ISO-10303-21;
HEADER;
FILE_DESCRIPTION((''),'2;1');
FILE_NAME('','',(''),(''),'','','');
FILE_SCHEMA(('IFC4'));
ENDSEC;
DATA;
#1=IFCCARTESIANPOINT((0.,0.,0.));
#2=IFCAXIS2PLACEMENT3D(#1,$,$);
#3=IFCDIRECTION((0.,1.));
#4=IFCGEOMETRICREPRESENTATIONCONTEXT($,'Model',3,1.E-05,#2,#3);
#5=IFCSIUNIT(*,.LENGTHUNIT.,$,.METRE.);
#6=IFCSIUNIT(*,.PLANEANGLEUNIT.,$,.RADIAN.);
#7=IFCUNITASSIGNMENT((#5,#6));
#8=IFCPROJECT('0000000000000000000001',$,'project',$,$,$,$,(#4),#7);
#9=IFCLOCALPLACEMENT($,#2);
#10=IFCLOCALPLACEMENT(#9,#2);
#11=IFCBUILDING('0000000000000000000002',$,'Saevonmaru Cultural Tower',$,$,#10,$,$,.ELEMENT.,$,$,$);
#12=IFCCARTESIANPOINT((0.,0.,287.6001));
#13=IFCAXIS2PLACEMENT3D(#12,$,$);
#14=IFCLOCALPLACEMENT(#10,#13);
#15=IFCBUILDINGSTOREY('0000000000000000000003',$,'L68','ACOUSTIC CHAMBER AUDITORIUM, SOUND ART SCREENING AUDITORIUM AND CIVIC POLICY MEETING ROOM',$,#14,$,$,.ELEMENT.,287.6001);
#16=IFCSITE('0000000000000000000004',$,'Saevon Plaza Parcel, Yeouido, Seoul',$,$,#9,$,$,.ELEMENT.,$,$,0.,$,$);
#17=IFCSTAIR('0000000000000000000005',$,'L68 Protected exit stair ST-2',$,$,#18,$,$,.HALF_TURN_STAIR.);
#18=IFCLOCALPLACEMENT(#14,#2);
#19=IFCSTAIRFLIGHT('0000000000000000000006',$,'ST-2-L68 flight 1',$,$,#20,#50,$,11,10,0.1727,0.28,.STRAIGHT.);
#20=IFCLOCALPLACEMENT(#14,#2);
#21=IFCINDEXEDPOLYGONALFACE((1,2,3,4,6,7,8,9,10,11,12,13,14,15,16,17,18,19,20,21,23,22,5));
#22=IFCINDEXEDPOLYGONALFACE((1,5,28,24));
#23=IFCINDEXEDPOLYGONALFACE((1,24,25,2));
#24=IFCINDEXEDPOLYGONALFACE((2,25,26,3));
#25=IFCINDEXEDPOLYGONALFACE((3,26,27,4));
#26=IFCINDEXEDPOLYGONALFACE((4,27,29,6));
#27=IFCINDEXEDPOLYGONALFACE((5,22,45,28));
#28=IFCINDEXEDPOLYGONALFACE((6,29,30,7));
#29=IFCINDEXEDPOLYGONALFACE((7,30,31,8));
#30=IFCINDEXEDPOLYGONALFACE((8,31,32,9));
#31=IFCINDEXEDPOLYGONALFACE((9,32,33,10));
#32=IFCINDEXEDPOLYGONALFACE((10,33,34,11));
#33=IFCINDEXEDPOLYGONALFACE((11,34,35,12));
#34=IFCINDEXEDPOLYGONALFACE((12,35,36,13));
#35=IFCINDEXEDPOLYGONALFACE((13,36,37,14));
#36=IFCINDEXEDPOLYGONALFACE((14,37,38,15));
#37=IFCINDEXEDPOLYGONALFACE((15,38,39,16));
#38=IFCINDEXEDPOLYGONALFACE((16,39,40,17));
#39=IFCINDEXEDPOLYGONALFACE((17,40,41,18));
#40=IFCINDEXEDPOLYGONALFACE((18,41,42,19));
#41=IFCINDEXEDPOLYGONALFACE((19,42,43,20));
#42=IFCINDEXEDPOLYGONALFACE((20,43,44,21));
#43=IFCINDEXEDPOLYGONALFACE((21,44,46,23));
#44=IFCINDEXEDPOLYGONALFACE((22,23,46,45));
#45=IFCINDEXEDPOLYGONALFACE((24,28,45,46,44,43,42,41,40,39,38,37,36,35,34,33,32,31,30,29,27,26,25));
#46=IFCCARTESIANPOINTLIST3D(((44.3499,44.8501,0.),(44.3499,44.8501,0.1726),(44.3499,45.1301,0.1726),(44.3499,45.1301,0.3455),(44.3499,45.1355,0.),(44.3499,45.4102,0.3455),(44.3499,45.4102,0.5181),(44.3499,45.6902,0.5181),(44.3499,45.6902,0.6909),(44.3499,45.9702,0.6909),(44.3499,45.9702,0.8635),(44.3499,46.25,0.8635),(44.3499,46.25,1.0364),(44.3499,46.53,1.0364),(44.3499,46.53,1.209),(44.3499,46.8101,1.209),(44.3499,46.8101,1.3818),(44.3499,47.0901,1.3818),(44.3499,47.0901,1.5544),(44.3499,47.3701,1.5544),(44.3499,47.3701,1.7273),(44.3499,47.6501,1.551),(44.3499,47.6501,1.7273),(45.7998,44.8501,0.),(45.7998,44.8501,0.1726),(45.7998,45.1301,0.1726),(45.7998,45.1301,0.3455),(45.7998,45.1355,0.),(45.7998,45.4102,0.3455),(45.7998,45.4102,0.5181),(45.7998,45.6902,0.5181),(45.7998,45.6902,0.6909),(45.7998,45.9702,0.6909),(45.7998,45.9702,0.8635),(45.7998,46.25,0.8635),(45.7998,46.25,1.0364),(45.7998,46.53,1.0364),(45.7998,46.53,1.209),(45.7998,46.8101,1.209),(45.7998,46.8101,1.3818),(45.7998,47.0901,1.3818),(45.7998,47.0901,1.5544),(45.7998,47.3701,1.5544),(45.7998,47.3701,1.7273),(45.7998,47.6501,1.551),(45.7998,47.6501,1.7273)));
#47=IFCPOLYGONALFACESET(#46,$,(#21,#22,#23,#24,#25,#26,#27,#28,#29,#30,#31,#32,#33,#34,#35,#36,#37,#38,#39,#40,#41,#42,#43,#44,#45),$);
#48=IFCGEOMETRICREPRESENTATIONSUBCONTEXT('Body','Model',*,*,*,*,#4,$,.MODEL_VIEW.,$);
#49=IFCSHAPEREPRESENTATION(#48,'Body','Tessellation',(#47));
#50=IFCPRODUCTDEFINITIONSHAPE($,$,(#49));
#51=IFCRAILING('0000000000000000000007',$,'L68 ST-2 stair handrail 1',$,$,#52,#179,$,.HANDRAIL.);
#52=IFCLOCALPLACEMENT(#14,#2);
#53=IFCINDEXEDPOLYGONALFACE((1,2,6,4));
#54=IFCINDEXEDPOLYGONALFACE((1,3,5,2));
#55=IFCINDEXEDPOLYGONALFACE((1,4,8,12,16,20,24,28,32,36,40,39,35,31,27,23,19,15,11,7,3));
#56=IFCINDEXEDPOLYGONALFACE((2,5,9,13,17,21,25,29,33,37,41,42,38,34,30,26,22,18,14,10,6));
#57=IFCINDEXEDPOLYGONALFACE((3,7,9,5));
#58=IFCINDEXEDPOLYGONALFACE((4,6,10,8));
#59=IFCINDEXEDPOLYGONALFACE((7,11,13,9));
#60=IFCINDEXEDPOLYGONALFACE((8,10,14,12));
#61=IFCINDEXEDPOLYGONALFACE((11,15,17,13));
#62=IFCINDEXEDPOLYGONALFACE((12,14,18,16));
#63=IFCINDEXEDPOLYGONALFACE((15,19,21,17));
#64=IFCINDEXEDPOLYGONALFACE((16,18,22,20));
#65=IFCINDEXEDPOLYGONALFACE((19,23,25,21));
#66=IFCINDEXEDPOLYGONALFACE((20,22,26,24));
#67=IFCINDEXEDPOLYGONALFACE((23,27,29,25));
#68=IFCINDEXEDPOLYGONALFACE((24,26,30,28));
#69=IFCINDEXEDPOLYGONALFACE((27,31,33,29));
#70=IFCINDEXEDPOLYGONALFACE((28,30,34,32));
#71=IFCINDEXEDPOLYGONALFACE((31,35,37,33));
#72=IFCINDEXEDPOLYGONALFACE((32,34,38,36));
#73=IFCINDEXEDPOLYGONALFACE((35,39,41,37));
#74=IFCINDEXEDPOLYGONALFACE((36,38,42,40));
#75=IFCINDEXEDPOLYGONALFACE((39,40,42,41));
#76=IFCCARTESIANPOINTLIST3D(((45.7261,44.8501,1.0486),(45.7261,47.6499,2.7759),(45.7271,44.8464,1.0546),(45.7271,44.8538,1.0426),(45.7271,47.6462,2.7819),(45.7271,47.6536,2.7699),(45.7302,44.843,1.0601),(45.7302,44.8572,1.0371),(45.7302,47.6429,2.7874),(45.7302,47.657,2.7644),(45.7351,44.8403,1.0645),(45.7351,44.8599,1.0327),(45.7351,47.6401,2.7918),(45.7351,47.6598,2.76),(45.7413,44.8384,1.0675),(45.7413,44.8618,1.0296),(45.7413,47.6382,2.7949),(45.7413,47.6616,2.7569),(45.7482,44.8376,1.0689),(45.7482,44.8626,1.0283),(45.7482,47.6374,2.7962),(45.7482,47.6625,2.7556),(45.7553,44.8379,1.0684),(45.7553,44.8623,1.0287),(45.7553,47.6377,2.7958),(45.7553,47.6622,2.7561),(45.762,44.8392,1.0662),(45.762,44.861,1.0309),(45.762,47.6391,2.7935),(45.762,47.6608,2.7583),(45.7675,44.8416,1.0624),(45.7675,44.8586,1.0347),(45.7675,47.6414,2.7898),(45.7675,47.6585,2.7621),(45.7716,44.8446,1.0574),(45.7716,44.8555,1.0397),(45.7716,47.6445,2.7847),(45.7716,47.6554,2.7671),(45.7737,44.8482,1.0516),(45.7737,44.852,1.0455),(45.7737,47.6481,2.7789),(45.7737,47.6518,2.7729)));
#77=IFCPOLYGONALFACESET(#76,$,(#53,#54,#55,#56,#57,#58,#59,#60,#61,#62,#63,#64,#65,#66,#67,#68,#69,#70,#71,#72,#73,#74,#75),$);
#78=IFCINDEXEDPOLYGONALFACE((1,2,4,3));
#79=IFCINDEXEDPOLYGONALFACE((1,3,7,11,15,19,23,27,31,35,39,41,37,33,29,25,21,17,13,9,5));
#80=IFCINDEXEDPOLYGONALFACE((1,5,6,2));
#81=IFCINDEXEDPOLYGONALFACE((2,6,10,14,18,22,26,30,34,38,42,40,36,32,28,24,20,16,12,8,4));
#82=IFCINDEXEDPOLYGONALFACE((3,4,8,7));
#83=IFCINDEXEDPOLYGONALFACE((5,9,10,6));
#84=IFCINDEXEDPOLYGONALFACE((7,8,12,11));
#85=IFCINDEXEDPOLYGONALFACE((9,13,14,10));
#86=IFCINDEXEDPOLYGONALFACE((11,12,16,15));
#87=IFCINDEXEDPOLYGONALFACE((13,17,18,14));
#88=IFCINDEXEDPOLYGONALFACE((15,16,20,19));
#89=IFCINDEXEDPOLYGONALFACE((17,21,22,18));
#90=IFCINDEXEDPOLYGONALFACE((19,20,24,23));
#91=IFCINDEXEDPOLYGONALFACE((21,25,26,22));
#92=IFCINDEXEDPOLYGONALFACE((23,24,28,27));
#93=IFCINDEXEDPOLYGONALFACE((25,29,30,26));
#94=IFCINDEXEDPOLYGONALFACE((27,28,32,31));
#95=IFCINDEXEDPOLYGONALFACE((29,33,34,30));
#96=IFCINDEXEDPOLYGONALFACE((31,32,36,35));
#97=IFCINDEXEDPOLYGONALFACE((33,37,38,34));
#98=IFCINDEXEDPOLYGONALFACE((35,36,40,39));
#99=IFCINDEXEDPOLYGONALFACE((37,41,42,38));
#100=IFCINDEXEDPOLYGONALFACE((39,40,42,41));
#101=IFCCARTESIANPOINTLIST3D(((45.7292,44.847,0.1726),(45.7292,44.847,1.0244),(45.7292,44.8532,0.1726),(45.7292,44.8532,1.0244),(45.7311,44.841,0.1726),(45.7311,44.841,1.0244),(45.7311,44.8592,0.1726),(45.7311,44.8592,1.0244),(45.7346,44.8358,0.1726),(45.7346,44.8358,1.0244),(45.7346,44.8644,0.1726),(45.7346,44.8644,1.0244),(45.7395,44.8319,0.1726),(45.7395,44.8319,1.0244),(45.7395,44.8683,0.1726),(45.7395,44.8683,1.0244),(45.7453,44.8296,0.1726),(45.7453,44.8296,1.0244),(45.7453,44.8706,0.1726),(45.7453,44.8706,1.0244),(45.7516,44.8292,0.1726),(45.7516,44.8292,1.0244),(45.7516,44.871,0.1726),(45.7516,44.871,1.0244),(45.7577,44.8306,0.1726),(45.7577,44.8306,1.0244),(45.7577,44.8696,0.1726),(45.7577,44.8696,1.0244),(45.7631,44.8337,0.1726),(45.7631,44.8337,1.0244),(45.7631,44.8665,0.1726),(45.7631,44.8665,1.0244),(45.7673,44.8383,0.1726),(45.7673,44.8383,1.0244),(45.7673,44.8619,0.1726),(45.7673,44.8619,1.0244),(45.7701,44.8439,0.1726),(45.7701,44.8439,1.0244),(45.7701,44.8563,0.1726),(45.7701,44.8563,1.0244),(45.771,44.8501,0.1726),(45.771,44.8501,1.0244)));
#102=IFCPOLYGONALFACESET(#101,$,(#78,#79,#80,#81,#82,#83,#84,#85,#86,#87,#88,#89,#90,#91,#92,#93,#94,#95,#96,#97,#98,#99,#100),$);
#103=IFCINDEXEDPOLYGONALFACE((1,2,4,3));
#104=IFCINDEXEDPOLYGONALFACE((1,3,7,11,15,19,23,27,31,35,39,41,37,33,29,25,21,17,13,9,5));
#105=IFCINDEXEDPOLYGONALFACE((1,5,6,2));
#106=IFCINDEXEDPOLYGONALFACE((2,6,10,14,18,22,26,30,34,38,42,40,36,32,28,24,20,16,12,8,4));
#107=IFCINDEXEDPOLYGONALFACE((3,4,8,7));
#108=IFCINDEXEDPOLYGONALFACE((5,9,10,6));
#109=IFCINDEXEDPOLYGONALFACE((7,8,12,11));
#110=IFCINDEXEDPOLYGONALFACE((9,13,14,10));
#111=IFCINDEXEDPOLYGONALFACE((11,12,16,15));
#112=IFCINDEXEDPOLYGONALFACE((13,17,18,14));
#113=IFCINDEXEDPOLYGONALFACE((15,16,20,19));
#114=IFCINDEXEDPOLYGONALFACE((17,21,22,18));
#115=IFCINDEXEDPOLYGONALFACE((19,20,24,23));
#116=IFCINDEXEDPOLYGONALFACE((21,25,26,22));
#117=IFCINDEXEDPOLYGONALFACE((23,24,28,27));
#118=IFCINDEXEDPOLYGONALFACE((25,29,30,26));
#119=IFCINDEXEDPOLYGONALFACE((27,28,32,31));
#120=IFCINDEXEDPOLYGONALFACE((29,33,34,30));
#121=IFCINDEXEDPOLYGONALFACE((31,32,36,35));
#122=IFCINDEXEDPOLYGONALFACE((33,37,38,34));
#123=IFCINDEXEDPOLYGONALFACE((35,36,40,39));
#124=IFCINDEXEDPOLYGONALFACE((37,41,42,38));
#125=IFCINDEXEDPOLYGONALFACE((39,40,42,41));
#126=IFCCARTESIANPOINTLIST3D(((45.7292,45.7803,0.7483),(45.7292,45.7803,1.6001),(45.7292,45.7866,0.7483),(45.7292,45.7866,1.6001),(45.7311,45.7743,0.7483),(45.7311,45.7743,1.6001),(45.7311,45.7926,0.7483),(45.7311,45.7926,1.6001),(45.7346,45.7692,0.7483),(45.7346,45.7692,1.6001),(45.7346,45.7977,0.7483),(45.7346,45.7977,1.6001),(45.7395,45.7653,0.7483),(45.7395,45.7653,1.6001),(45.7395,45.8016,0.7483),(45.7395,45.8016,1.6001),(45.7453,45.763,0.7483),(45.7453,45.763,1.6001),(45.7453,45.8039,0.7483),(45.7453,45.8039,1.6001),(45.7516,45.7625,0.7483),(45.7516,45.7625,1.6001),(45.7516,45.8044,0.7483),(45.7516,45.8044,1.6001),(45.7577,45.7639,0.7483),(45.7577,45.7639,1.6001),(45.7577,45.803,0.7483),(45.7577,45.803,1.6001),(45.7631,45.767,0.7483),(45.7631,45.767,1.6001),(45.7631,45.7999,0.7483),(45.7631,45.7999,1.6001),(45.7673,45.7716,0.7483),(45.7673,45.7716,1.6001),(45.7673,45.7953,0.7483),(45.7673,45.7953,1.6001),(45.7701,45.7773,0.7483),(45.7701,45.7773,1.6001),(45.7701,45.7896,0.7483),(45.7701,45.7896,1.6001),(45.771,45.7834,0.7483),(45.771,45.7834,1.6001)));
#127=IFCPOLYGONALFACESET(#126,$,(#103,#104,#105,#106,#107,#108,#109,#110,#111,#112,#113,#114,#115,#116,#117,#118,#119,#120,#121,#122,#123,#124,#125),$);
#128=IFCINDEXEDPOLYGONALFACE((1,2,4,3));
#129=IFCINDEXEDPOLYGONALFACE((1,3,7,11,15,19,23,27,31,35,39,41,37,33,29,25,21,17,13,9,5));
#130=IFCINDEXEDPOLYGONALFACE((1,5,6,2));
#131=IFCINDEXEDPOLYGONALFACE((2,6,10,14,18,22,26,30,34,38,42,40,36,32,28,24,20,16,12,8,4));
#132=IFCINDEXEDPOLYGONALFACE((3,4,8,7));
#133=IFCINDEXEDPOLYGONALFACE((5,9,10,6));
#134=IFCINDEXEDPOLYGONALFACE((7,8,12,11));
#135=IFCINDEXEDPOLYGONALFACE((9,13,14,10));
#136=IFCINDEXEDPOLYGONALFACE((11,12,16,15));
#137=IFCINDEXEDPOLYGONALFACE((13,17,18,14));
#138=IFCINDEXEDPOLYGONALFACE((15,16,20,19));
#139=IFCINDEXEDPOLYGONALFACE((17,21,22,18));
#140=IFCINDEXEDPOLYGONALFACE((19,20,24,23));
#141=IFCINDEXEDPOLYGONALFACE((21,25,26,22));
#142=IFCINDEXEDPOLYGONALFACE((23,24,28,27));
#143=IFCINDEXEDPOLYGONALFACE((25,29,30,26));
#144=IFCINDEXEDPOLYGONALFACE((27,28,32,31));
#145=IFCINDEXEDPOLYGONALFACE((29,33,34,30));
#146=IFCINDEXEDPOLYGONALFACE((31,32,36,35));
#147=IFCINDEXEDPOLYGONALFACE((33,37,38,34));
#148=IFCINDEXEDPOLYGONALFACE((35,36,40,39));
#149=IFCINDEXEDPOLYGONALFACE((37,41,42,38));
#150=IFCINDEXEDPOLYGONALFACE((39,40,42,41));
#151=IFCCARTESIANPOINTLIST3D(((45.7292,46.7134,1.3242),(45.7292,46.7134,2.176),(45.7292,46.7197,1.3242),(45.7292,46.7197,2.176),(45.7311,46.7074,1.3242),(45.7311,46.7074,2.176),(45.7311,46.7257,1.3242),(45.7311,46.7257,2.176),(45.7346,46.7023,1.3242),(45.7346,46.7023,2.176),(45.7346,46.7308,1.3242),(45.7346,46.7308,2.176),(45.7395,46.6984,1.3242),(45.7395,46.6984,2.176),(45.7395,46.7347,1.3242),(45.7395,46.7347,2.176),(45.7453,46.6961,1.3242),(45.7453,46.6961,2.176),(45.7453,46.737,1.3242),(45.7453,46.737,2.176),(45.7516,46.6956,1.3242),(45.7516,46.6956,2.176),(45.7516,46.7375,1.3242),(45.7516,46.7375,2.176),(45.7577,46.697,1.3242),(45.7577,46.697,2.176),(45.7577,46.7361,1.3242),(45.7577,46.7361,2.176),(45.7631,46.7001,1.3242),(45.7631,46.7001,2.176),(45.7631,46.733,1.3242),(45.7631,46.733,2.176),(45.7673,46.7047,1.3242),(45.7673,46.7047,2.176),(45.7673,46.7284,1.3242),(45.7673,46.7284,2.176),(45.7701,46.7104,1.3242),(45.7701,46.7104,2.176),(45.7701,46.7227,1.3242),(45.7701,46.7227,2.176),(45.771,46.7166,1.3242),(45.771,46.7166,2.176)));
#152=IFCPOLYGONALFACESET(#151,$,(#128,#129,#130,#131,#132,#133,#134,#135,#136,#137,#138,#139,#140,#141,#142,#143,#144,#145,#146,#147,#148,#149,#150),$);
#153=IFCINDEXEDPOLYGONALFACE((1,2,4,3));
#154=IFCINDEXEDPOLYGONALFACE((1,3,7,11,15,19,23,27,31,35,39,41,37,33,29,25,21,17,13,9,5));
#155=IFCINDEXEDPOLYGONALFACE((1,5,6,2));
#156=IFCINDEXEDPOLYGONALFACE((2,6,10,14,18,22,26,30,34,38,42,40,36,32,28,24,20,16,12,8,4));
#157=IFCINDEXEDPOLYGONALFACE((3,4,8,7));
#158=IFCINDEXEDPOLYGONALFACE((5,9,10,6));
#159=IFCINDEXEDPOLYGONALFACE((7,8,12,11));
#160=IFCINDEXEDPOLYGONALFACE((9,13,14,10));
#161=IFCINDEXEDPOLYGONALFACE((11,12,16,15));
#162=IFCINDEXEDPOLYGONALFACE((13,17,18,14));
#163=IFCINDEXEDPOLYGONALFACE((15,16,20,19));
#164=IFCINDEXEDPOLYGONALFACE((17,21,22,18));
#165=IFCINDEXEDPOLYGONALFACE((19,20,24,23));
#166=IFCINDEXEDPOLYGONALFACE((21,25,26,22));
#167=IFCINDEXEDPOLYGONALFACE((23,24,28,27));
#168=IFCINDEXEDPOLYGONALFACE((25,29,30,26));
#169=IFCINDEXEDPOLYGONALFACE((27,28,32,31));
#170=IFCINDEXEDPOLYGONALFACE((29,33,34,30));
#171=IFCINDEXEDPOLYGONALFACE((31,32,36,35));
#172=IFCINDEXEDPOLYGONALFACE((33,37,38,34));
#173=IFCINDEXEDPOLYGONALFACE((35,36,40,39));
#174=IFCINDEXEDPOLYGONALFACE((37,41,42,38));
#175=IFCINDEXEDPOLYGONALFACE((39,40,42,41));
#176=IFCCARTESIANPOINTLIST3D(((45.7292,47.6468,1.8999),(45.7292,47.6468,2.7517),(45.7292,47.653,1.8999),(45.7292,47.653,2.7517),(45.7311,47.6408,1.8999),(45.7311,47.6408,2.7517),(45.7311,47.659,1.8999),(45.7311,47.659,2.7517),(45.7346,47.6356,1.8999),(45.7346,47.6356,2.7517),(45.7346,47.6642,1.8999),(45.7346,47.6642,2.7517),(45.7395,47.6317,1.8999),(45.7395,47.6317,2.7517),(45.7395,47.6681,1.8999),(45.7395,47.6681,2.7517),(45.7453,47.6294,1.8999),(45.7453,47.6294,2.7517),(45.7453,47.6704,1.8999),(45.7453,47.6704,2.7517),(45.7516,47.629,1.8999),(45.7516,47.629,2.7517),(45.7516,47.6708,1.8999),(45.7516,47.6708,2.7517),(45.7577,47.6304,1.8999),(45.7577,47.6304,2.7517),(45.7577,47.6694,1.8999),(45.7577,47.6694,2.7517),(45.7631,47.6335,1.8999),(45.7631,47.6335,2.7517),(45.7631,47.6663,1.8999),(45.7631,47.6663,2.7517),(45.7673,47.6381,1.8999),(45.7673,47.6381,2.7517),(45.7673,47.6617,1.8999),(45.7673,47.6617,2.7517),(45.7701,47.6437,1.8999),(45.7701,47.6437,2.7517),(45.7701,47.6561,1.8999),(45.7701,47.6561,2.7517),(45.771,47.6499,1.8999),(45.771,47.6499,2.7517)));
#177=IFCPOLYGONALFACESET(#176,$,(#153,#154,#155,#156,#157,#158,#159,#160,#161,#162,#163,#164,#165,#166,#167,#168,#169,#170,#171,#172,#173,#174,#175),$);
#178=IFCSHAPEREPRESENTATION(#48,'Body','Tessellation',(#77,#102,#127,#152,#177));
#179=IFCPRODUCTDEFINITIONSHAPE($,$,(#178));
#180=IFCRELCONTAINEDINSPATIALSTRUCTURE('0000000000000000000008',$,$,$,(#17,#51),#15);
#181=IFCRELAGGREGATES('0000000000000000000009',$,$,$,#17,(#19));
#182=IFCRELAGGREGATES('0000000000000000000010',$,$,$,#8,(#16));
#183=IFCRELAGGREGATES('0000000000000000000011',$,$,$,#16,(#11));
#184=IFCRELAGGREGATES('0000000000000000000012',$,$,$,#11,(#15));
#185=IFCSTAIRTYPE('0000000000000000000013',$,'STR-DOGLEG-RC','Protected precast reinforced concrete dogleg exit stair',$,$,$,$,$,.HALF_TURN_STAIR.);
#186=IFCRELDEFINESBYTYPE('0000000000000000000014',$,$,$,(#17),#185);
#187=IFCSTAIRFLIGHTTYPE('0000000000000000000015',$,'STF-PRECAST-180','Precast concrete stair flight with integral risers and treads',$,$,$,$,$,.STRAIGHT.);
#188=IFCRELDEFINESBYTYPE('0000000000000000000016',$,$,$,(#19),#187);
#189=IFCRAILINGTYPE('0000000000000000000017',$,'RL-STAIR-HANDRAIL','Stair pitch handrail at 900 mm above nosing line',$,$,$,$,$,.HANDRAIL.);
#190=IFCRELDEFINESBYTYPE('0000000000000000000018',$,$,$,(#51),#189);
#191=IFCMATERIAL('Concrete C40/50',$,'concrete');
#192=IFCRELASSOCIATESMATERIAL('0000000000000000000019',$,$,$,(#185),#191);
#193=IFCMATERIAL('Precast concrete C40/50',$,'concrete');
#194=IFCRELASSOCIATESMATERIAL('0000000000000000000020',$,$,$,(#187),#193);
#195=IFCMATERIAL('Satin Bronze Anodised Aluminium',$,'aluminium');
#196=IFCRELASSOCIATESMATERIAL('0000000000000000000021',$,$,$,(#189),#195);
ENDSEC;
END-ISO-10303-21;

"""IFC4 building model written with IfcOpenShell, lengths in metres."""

from ifc_helpers import new_model, si_unit, direction, frame, origin, origin_2d, place, context, subcontext, project, spatial, polyline, circle, outline, extrude, material, type_object, element, aggregate, save


model = new_model("IFC4")

# Units and contexts
model_context = context("Model", 3, precision=1e-05, world=origin(), true_north=direction((0.0, 1.0)))
body_context = subcontext(model_context, "Body", "Model", "MODEL_VIEW")
ifc_project = project(units=[si_unit("LENGTHUNIT", "METRE"), si_unit("PLANEANGLEUNIT", "RADIAN")], contexts=[model_context])

# Site, building, storey
site_placement = place(None, origin())
site = spatial("IfcSite", under=ifc_project, at=site_placement, Name="Saevon Plaza Parcel, Yeouido, Seoul", CompositionType="ELEMENT", RefElevation=0.0)
building_placement = place(site_placement, origin())
building = spatial("IfcBuilding", under=site, at=building_placement, Name="Saevonmaru Cultural Tower", CompositionType="ELEMENT")
storey_placement = place(building_placement, frame((0.0, 0.0, 287.6001)))
storey = spatial("IfcBuildingStorey", under=building, at=storey_placement, Name="L68", Description="ACOUSTIC CHAMBER AUDITORIUM, SOUND ART SCREENING AUDITORIUM AND CIVIC POLICY MEETING ROOM", CompositionType="ELEMENT", Elevation=287.6001)

# Shared definitions
ifc_material_1 = material(Name="Satin Bronze Anodised Aluminium", Category="aluminium")

# Stair, stair flight
ifc_material_2 = material(Name="Concrete C40/50", Category="concrete")
stair_type = type_object("IfcStairType", Name="STR-DOGLEG-RC", Description="Protected precast reinforced concrete dogleg exit stair", PredefinedType="HALF_TURN_STAIR", material=ifc_material_2)
stair_placement = place(storey_placement, origin())
stair = element("IfcStair", 1, at=stair_placement, inside=storey, type_object=stair_type, Name="L68 Protected exit stair ST-2", PredefinedType="HALF_TURN_STAIR")
ifc_material_3 = material(Name="Precast concrete C40/50", Category="concrete")
stair_flight_type = type_object("IfcStairFlightType", Name="STF-PRECAST-180", Description="Precast concrete stair flight with integral risers and treads", PredefinedType="STRAIGHT", material=ifc_material_3)
stair_flight_placement = place(storey_placement, frame((45.075, 44.8501, 0.0), z_axis=(0.0, 0.0, 1.0), x_axis=(0.0, 1.0, 0.0)))
stair_flight = element("IfcStairFlight", 2, at=stair_flight_placement, type_object=stair_flight_type, Name="ST-2-L68 flight 1", NumberOfRisers=11, NumberOfTreads=10, PredefinedType="STRAIGHT", RiserHeight=0.1727, TreadLength=0.28, context=body_context, shape_type="SweptSolid", body=[
    extrude(outline(polyline([(0.0, 0.0), (0.0, 0.1726), (0.28, 0.1726), (0.28, 0.3455), (0.5601, 0.3455), (0.5601, 0.5181), (0.8401, 0.5181), (0.8401, 0.6909), (1.1201, 0.6909), (1.1201, 0.8635), (1.3999, 0.8635), (1.3999, 1.0364), (1.6799, 1.0364), (1.6799, 1.209), (1.96, 1.209), (1.96, 1.3818), (2.24, 1.3818), (2.24, 1.5544), (2.52, 1.5544), (2.52, 1.7273), (2.8, 1.7273), (2.8, 1.8999), (2.8, 1.551), (0.2854, 0.0), (0.0, 0.0)])), frame((0.0, 0.7251, 0.0), z_axis=(0.0, -1.0, 0.0), x_axis=(1.0, 0.0, 0.0)), (0.0, 0.0, 1.0), 1.45),
])
aggregate(stair, [stair_flight])

# Railing
railing_type = type_object("IfcRailingType", Name="RL-STAIR-HANDRAIL", Description="Stair pitch handrail at 900 mm above nosing line", PredefinedType="HANDRAIL", material=ifc_material_1)
railing_placement = place(storey_placement, frame((45.75, 44.8501, 0.1726)))
element("IfcRailing", 3, at=railing_placement, inside=storey, type_object=railing_type, Name="L68 ST-2 stair handrail 1", PredefinedType="HANDRAIL", context=body_context, shape_type="SweptSolid", body=[
    extrude(circle(Radius=0.0239, at=origin_2d()), frame((0.0, 0.0, 0.876), z_axis=(0.0, 0.851069, 0.525054), x_axis=(-1.0, 0.0, 0.0)), (0.0, 0.0, 1.0), 3.2898),
    extrude(circle(Radius=0.021, at=origin_2d()), origin(), (0.0, 0.0, 1.0), 0.8518),
    extrude(circle(Radius=0.021, at=origin_2d()), frame((0.0, 0.9333, 0.5757)), (0.0, 0.0, 1.0), 0.8518),
    extrude(circle(Radius=0.021, at=origin_2d()), frame((0.0, 1.8665, 1.1516)), (0.0, 0.0, 1.0), 0.8518),
    extrude(circle(Radius=0.021, at=origin_2d()), frame((0.0, 2.7998, 1.7273)), (0.0, 0.0, 1.0), 0.8518),
])

save(model, "model.ifc")
